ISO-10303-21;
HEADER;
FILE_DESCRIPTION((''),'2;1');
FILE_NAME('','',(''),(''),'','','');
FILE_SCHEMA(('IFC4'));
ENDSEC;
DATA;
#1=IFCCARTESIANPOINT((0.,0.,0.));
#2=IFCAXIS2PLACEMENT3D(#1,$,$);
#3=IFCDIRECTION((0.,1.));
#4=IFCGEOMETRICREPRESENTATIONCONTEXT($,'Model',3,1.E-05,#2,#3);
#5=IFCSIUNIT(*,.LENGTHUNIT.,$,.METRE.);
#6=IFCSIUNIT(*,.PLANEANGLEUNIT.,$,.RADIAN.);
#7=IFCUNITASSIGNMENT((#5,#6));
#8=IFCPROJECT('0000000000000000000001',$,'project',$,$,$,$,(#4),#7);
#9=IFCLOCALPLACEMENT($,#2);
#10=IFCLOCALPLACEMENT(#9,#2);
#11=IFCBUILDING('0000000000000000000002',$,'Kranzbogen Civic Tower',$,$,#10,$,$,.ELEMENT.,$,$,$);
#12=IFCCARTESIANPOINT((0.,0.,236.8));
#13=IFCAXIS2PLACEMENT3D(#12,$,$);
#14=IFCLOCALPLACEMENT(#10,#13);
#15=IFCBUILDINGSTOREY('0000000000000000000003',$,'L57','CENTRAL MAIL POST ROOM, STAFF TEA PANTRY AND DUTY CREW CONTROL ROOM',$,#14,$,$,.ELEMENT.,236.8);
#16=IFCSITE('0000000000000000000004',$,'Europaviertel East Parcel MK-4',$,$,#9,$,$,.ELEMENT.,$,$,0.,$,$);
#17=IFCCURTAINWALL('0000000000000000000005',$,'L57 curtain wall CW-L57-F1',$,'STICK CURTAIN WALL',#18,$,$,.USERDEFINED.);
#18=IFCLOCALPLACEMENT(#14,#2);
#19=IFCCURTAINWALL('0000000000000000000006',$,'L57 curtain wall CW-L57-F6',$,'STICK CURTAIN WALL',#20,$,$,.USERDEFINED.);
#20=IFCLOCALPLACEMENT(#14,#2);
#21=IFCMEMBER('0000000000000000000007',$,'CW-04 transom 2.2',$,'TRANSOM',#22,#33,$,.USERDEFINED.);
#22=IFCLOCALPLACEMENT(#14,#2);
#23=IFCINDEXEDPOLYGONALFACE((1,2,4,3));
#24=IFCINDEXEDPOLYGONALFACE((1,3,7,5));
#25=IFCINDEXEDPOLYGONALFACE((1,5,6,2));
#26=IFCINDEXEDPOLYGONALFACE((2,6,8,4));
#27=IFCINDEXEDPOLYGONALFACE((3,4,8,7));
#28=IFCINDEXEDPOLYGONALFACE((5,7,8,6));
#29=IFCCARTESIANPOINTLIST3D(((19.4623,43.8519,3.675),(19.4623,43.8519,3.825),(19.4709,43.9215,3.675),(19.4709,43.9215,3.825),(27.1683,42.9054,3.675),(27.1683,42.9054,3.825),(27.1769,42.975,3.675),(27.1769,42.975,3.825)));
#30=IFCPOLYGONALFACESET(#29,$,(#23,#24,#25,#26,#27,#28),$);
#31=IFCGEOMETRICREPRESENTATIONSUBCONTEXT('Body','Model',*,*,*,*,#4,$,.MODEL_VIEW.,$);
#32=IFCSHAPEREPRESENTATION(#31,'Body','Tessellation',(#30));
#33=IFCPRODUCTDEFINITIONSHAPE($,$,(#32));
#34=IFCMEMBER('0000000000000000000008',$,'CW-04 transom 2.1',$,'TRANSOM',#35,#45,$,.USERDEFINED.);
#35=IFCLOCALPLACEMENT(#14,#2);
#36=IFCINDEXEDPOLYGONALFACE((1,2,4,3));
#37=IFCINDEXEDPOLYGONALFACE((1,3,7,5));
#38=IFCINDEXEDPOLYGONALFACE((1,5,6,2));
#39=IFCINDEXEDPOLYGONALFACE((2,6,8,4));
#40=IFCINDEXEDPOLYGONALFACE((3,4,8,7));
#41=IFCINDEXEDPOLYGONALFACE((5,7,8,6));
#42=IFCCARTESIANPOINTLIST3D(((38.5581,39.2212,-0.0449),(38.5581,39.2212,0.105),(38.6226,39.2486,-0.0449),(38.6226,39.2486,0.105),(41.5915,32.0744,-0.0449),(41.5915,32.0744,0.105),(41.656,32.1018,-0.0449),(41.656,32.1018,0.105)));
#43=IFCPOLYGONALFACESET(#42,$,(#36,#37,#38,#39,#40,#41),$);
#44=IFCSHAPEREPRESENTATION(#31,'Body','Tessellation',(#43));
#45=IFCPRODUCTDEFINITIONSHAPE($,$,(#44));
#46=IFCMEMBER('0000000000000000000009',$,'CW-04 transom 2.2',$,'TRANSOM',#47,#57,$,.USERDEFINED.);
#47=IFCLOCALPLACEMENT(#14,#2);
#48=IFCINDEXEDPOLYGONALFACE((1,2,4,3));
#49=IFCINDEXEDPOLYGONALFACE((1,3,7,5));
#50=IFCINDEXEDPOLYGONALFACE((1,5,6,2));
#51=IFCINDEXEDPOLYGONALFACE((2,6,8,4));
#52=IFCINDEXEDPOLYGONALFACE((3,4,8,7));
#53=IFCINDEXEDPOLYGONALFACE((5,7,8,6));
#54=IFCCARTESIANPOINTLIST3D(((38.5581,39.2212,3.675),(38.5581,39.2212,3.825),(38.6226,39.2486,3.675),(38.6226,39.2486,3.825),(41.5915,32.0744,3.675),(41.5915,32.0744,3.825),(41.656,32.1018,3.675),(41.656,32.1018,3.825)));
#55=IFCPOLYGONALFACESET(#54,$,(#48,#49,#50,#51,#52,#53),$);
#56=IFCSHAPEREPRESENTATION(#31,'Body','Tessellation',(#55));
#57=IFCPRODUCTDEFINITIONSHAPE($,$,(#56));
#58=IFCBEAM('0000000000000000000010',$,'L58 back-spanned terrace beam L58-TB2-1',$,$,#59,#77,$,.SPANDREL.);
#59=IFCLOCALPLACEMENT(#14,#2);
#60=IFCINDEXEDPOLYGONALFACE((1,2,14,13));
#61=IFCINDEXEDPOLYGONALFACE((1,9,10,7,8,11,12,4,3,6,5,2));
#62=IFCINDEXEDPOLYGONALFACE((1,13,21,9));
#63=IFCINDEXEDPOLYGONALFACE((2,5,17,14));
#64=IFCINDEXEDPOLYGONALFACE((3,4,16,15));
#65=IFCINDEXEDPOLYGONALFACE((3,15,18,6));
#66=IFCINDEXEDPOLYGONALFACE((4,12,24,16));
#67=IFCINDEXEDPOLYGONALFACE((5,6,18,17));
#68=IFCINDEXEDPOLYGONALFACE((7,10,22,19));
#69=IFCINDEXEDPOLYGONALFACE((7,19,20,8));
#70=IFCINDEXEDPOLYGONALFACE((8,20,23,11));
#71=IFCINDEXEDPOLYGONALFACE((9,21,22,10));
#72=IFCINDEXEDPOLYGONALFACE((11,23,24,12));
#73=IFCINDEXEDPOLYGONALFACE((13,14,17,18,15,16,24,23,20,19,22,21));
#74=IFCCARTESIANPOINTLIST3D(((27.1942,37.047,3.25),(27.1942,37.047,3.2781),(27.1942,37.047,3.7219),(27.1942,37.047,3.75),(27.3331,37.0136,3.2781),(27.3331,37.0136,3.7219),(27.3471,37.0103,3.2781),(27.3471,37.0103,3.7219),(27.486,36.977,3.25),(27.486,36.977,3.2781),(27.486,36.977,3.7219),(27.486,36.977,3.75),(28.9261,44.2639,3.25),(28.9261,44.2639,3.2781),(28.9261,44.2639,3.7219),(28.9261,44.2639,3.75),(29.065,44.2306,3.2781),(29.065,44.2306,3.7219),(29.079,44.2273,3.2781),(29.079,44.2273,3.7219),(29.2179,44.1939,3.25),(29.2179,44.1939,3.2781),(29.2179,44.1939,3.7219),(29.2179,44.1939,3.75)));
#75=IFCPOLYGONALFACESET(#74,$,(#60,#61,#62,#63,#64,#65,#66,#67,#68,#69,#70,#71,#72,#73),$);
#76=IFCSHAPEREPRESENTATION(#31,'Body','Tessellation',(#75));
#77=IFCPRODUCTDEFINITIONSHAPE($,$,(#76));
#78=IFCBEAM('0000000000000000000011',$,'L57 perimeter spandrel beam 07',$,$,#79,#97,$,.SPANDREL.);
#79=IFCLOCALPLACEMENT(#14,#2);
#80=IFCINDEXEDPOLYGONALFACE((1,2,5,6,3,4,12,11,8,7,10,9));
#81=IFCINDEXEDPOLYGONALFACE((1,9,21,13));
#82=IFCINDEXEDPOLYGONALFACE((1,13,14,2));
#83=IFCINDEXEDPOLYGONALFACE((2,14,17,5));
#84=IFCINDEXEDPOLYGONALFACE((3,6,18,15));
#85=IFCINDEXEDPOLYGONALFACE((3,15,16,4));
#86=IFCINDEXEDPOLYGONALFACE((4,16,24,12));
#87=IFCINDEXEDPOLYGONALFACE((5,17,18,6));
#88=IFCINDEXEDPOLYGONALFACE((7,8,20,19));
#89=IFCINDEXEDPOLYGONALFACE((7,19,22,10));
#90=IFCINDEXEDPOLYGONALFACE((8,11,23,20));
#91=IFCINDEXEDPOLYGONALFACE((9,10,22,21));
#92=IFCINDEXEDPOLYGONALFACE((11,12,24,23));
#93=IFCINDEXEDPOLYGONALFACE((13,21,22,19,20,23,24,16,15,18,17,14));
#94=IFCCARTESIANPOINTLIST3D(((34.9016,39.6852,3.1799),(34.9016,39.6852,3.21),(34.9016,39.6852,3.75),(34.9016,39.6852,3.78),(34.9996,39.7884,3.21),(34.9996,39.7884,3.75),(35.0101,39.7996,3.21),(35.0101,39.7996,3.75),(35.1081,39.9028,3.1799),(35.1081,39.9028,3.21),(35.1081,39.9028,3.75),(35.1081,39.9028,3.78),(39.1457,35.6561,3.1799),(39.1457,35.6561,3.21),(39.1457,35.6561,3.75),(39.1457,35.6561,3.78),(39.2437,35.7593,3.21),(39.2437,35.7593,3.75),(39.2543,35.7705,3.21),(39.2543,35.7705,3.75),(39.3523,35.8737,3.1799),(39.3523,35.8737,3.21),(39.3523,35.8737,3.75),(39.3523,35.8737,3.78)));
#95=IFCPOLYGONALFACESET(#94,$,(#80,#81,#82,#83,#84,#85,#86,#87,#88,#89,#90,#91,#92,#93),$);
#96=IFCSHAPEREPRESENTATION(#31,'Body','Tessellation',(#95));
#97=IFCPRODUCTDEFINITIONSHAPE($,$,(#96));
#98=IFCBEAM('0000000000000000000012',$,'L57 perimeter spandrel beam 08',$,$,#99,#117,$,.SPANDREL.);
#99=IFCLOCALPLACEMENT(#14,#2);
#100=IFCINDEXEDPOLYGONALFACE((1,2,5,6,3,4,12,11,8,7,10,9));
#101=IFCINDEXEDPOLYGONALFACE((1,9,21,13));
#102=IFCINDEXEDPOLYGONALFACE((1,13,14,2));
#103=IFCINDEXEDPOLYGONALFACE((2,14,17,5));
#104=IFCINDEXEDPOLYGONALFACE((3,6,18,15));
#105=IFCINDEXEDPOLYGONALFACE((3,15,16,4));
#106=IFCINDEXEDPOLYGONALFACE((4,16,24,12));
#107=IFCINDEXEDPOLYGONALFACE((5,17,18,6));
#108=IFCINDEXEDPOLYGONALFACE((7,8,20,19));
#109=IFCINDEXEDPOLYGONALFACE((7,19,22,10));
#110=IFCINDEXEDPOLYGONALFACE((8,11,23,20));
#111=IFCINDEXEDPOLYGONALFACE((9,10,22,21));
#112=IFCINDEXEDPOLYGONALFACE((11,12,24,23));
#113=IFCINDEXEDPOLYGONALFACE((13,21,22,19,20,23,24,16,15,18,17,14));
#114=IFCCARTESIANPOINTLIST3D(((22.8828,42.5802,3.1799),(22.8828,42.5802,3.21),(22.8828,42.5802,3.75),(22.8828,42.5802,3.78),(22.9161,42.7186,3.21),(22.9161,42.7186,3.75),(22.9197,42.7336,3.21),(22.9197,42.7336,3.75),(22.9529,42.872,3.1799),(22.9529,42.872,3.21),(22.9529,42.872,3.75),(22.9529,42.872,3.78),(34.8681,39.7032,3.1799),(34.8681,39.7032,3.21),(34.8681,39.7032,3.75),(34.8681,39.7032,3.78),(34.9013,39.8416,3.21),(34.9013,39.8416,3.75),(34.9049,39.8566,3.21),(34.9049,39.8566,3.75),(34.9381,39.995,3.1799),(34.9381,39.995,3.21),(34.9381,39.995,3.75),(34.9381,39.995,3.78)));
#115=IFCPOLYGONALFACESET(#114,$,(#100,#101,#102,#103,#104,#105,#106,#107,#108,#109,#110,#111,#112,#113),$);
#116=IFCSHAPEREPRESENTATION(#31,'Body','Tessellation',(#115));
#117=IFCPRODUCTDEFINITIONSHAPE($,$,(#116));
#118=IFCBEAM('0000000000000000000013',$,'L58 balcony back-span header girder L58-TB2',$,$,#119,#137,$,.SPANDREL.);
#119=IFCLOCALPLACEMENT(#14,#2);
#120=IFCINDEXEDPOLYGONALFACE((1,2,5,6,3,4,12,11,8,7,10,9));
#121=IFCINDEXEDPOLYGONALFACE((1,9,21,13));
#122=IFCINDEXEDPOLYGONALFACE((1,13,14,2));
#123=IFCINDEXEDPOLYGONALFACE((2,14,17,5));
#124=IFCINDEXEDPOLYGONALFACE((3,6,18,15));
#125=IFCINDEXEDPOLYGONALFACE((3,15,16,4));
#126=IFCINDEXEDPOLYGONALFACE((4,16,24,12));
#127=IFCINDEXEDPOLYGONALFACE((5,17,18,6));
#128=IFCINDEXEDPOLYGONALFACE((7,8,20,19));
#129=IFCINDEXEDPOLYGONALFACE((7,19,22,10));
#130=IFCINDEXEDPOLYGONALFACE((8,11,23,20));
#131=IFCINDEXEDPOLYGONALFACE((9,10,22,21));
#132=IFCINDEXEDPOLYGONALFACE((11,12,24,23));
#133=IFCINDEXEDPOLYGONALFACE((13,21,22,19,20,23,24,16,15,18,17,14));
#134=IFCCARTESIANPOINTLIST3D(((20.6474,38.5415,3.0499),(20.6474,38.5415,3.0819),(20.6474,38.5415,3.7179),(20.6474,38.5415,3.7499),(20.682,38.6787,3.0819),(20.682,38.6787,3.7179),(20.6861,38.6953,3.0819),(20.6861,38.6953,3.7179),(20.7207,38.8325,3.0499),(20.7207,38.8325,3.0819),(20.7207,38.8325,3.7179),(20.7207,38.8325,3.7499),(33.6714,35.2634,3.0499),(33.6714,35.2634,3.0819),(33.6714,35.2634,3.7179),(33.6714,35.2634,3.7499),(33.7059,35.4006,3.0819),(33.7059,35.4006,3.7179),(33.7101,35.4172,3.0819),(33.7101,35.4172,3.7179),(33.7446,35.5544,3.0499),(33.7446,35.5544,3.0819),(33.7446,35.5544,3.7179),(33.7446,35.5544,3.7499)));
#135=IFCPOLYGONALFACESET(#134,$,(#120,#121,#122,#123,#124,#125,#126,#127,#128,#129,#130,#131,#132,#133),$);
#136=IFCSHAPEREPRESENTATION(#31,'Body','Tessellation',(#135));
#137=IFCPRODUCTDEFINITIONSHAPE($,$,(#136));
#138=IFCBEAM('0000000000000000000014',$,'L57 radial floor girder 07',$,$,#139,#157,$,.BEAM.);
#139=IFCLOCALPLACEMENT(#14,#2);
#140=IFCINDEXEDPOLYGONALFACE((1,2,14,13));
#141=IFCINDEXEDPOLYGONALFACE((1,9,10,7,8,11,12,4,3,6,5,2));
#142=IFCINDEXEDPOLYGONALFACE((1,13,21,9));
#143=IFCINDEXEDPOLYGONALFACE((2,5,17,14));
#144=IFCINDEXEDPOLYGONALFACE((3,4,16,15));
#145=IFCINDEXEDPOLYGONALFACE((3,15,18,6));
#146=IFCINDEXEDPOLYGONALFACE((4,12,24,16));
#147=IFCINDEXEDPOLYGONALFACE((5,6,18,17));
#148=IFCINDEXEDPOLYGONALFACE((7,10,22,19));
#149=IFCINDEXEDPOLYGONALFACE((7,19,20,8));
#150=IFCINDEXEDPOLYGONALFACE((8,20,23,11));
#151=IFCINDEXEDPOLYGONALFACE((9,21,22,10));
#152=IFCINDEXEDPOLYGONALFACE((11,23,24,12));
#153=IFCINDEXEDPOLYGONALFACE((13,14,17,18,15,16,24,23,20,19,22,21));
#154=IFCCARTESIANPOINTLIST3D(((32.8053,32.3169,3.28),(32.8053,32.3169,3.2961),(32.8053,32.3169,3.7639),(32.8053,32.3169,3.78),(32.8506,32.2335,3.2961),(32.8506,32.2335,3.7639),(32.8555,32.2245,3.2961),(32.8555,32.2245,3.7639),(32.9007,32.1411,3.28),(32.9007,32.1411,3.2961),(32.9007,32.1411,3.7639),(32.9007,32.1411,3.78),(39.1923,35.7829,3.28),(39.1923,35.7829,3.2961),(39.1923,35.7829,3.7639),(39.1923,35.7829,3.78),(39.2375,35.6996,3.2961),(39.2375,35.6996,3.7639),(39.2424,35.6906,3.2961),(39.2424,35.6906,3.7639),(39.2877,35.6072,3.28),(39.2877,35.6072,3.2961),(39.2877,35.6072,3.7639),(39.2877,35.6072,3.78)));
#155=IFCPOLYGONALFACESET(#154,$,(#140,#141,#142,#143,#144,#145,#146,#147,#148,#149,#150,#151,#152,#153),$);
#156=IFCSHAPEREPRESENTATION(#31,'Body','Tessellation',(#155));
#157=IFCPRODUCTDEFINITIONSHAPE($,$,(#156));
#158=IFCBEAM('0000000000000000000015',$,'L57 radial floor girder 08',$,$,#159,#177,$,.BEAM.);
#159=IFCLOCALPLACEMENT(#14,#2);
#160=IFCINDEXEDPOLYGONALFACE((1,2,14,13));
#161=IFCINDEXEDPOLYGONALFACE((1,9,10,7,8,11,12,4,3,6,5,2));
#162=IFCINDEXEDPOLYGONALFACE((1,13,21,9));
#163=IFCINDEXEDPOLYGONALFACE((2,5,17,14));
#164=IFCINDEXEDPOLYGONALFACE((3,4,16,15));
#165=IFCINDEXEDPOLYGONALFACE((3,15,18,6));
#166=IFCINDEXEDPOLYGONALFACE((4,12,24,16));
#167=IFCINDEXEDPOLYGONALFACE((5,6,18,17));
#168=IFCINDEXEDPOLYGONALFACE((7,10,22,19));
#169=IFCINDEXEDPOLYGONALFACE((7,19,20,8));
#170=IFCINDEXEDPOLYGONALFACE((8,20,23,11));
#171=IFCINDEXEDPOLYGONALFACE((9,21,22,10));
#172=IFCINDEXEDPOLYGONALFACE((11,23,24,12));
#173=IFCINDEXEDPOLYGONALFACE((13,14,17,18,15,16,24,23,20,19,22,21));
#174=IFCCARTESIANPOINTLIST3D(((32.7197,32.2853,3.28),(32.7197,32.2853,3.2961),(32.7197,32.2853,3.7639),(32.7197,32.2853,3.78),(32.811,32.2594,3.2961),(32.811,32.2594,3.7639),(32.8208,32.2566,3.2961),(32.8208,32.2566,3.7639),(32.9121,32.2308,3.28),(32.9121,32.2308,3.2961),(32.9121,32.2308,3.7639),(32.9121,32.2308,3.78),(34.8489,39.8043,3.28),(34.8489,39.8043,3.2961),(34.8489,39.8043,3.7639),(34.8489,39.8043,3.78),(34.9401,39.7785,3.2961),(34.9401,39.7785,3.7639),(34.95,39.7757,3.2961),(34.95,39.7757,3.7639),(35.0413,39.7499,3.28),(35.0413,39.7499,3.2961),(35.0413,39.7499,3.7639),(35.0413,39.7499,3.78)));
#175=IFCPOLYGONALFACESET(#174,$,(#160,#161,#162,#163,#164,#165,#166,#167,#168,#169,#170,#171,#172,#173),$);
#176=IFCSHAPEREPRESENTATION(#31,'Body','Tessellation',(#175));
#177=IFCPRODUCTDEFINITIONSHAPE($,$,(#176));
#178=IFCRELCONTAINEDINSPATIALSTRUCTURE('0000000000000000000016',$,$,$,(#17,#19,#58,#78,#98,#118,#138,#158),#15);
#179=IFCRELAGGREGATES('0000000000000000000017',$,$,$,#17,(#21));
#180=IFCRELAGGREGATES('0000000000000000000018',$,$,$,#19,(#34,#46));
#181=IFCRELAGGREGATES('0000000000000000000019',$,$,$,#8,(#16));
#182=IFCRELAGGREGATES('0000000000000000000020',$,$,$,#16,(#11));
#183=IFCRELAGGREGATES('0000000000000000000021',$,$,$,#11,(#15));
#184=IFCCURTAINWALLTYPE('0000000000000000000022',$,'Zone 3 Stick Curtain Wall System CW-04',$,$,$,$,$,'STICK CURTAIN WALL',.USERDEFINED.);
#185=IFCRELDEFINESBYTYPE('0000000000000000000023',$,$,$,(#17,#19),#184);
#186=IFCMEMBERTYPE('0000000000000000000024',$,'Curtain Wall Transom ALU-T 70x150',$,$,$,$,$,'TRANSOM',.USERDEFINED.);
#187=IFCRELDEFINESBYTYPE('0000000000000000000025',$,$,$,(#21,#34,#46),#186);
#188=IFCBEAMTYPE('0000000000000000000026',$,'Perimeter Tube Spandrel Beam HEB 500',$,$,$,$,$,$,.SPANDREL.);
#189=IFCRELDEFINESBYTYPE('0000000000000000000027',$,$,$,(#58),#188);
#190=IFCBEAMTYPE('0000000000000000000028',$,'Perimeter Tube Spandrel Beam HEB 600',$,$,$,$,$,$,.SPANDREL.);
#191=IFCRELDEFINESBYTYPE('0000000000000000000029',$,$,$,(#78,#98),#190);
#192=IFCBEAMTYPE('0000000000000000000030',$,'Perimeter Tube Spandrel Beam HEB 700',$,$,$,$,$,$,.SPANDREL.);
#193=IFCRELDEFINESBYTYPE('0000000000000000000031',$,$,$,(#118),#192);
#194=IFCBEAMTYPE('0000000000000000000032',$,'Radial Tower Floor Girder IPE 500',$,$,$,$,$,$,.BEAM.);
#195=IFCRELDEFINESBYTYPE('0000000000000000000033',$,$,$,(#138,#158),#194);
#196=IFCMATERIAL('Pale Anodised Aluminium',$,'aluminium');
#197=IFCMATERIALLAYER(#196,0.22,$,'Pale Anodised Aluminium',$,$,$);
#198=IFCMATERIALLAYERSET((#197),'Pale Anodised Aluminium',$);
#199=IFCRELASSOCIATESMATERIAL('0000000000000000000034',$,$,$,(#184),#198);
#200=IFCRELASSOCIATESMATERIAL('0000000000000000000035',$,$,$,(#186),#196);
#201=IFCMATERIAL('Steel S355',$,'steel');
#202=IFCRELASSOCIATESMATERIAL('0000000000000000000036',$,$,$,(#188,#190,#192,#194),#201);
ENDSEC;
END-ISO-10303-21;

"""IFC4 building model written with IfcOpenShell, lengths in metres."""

from ifc_helpers import new_model, si_unit, direction, frame, origin, origin_2d, place, context, subcontext, project, spatial, rectangle, i_section, extrude, material, layer, layer_set, material_profile, profile_set, type_object, element, aggregate, save


model = new_model("IFC4")

# Units and contexts
model_context = context("Model", 3, precision=1e-05, world=origin(), true_north=direction((0.0, 1.0)))
body_context = subcontext(model_context, "Body", "Model", "MODEL_VIEW")
ifc_project = project(units=[si_unit("LENGTHUNIT", "METRE"), si_unit("PLANEANGLEUNIT", "RADIAN")], contexts=[model_context])

# Site, building, storey
site_placement = place(None, origin())
site = spatial("IfcSite", under=ifc_project, at=site_placement, Name="Europaviertel East Parcel MK-4", CompositionType="ELEMENT", RefElevation=0.0)
building_placement = place(site_placement, origin())
building = spatial("IfcBuilding", under=site, at=building_placement, Name="Kranzbogen Civic Tower", CompositionType="ELEMENT")
storey_placement = place(building_placement, frame((0.0, 0.0, 236.8)))
storey = spatial("IfcBuildingStorey", under=building, at=storey_placement, Name="L57", Description="CENTRAL MAIL POST ROOM, STAFF TEA PANTRY AND DUTY CREW CONTROL ROOM", CompositionType="ELEMENT", Elevation=236.8)

# Shared definitions
ifc_material_1 = material(Name="Steel S355", Category="steel")

# Curtain walls
ifc_material_2 = material(Name="Pale Anodised Aluminium", Category="aluminium")
ifc_layer_1 = layer(ifc_material_2, 0.22, Name="Pale Anodised Aluminium")
ifc_layer_set_1 = layer_set([ifc_layer_1], Name="Pale Anodised Aluminium")
curtain_wall_type = type_object("IfcCurtainWallType", Name="Zone 3 Stick Curtain Wall System CW-04", ElementType="STICK CURTAIN WALL", PredefinedType="USERDEFINED", material=ifc_layer_set_1)
curtain_wall_1_placement = place(storey_placement, origin())
curtain_wall_1 = element("IfcCurtainWall", 1, at=curtain_wall_1_placement, inside=storey, type_object=curtain_wall_type, Name="L57 curtain wall CW-L57-F1", ObjectType="STICK CURTAIN WALL", PredefinedType="USERDEFINED")
curtain_wall_2_placement = place(storey_placement, origin())
curtain_wall_2 = element("IfcCurtainWall", 2, at=curtain_wall_2_placement, inside=storey, type_object=curtain_wall_type, Name="L57 curtain wall CW-L57-F6", ObjectType="STICK CURTAIN WALL", PredefinedType="USERDEFINED")

# Members
ifc_material_profile_1 = material_profile(ifc_material_2, rectangle(XDim=0.0701, YDim=0.1499, at=origin_2d()), Name="ALU-T 70x150")
ifc_profile_set_1 = profile_set([ifc_material_profile_1], Name="Pale Anodised Aluminium")
member_type_1 = type_object("IfcMemberType", Name="Curtain Wall Transom ALU-T 70x150", ElementType="TRANSOM", PredefinedType="USERDEFINED", material=ifc_profile_set_1)
member_1_placement = place(storey_placement, frame((27.1726, 42.9402, 3.75), z_axis=(-0.992541, 0.121914, 0.0), x_axis=(-0.121914, -0.992541, 0.0)))
member_1 = element("IfcMember", 3, at=member_1_placement, type_object=member_type_1, Name="CW-04 transom 2.2", ObjectType="TRANSOM", PredefinedType="USERDEFINED", context=body_context, shape_type="SweptSolid", body=[
    extrude(rectangle(XDim=0.0701, YDim=0.1499, at=origin_2d()), origin(), (0.0, 0.0, 1.0), 7.7639),
])
member_2_placement = place(storey_placement, frame((41.6238, 32.0881, 0.03), z_axis=(-0.390714, 0.920512, 0.0), x_axis=(-0.920512, -0.390714, 0.0)))
member_2 = element("IfcMember", 4, at=member_2_placement, type_object=member_type_1, Name="CW-04 transom 2.1", ObjectType="TRANSOM", PredefinedType="USERDEFINED", context=body_context, shape_type="SweptSolid", body=[
    extrude(rectangle(XDim=0.0701, YDim=0.1499, at=origin_2d()), origin(), (0.0, 0.0, 1.0), 7.7639),
])
member_3_placement = place(storey_placement, frame((41.6238, 32.0881, 3.75), z_axis=(-0.390714, 0.920512, 0.0), x_axis=(-0.920512, -0.390714, 0.0)))
member_3 = element("IfcMember", 5, at=member_3_placement, type_object=member_type_1, Name="CW-04 transom 2.2", ObjectType="TRANSOM", PredefinedType="USERDEFINED", context=body_context, shape_type="SweptSolid", body=[
    extrude(rectangle(XDim=0.0701, YDim=0.1499, at=origin_2d()), origin(), (0.0, 0.0, 1.0), 7.7639),
])

# Beams
ifc_material_profile_2 = material_profile(ifc_material_1, i_section(OverallWidth=0.3, OverallDepth=0.5, WebThickness=0.0144, FlangeThickness=0.0281, at=origin_2d()), Name="HEB 500")
ifc_profile_set_2 = profile_set([ifc_material_profile_2], Name="Steel S355")
beam_type_1 = type_object("IfcBeamType", Name="Perimeter Tube Spandrel Beam HEB 500", PredefinedType="SPANDREL", material=ifc_profile_set_2)
beam_1_placement = place(storey_placement, frame((27.3401, 37.012, 3.5), z_axis=(0.233353, 0.972392, 0.0), x_axis=(-0.972392, 0.233353, 0.0)))
element("IfcBeam", 6, at=beam_1_placement, inside=storey, type_object=beam_type_1, Name="L58 back-spanned terrace beam L58-TB2-1", PredefinedType="SPANDREL", context=body_context, shape_type="SweptSolid", body=[
    extrude(i_section(OverallWidth=0.3, OverallDepth=0.5, WebThickness=0.0144, FlangeThickness=0.0281, at=origin_2d()), origin(), (0.0, 0.0, 1.0), 7.4219),
])
ifc_material_profile_3 = material_profile(ifc_material_1, i_section(OverallWidth=0.3, OverallDepth=0.6001, WebThickness=0.0154, FlangeThickness=0.03, at=origin_2d()), Name="HEB 600")
ifc_profile_set_3 = profile_set([ifc_material_profile_3], Name="Steel S355")
beam_type_2 = type_object("IfcBeamType", Name="Perimeter Tube Spandrel Beam HEB 600", PredefinedType="SPANDREL", material=ifc_profile_set_3)
beam_2_placement = place(storey_placement, frame((39.249, 35.7649, 3.48), z_axis=(-0.725245, 0.688491, 0.0), x_axis=(-0.688491, -0.725245, 0.0)))
element("IfcBeam", 7, at=beam_2_placement, inside=storey, type_object=beam_type_2, Name="L57 perimeter spandrel beam 07", PredefinedType="SPANDREL", context=body_context, shape_type="SweptSolid", body=[
    extrude(i_section(OverallWidth=0.3, OverallDepth=0.6001, WebThickness=0.0154, FlangeThickness=0.03, at=origin_2d()), origin(), (0.0, 0.0, 1.0), 5.8521),
])
beam_3_placement = place(storey_placement, frame((34.9031, 39.8491, 3.48), z_axis=(-0.972378, 0.233413, 0.0), x_axis=(-0.233413, -0.972378, 0.0)))
element("IfcBeam", 8, at=beam_3_placement, inside=storey, type_object=beam_type_2, Name="L57 perimeter spandrel beam 08", PredefinedType="SPANDREL", context=body_context, shape_type="SweptSolid", body=[
    extrude(i_section(OverallWidth=0.3, OverallDepth=0.6001, WebThickness=0.0154, FlangeThickness=0.03, at=origin_2d()), origin(), (0.0, 0.0, 1.0), 12.3257),
])
ifc_material_profile_4 = material_profile(ifc_material_1, i_section(OverallWidth=0.3, OverallDepth=0.7, WebThickness=0.0171, FlangeThickness=0.032, at=origin_2d()), Name="HEB 700")
ifc_profile_set_4 = profile_set([ifc_material_profile_4], Name="Steel S355")
beam_type_3 = type_object("IfcBeamType", Name="Perimeter Tube Spandrel Beam HEB 700", PredefinedType="SPANDREL", material=ifc_profile_set_4)
beam_4_placement = place(storey_placement, frame((33.708, 35.4089, 3.3999), z_axis=(-0.969754, 0.244084, 0.0), x_axis=(-0.244084, -0.969754, 0.0)))
element("IfcBeam", 9, at=beam_4_placement, inside=storey, type_object=beam_type_3, Name="L58 balcony back-span header girder L58-TB2", PredefinedType="SPANDREL", context=body_context, shape_type="SweptSolid", body=[
    extrude(i_section(OverallWidth=0.3, OverallDepth=0.7, WebThickness=0.0171, FlangeThickness=0.032, at=origin_2d()), origin(), (0.0, 0.0, 1.0), 13.4302),
])
ifc_material_profile_5 = material_profile(ifc_material_1, i_section(OverallWidth=0.2, OverallDepth=0.5, WebThickness=0.0103, FlangeThickness=0.0161, at=origin_2d()), Name="IPE 500")
ifc_profile_set_5 = profile_set([ifc_material_profile_5], Name="Steel S355")
beam_type_4 = type_object("IfcBeamType", Name="Radial Tower Floor Girder IPE 500", PredefinedType="BEAM", material=ifc_profile_set_5)
beam_5_placement = place(storey_placement, frame((39.24, 35.6951, 3.53), z_axis=(-0.878919, -0.47697, 0.0), x_axis=(0.47697, -0.878919, 0.0)))
element("IfcBeam", 10, at=beam_5_placement, inside=storey, type_object=beam_type_4, Name="L57 radial floor girder 07", PredefinedType="BEAM", context=body_context, shape_type="SweptSolid", body=[
    extrude(i_section(OverallWidth=0.2, OverallDepth=0.5, WebThickness=0.0103, FlangeThickness=0.0161, at=origin_2d()), origin(), (0.0, 0.0, 1.0), 7.2668),
])
beam_6_placement = place(storey_placement, frame((34.9451, 39.7771, 3.53), z_axis=(-0.272455, -0.962169, 0.0), x_axis=(0.962169, -0.272455, 0.0)))
element("IfcBeam", 11, at=beam_6_placement, inside=storey, type_object=beam_type_4, Name="L57 radial floor girder 08", PredefinedType="BEAM", context=body_context, shape_type="SweptSolid", body=[
    extrude(i_section(OverallWidth=0.2, OverallDepth=0.5, WebThickness=0.0103, FlangeThickness=0.0161, at=origin_2d()), origin(), (0.0, 0.0, 1.0), 7.8147),
])

aggregate(curtain_wall_1, [member_1])
aggregate(curtain_wall_2, [member_2, member_3])

save(model, "model.ifc")
